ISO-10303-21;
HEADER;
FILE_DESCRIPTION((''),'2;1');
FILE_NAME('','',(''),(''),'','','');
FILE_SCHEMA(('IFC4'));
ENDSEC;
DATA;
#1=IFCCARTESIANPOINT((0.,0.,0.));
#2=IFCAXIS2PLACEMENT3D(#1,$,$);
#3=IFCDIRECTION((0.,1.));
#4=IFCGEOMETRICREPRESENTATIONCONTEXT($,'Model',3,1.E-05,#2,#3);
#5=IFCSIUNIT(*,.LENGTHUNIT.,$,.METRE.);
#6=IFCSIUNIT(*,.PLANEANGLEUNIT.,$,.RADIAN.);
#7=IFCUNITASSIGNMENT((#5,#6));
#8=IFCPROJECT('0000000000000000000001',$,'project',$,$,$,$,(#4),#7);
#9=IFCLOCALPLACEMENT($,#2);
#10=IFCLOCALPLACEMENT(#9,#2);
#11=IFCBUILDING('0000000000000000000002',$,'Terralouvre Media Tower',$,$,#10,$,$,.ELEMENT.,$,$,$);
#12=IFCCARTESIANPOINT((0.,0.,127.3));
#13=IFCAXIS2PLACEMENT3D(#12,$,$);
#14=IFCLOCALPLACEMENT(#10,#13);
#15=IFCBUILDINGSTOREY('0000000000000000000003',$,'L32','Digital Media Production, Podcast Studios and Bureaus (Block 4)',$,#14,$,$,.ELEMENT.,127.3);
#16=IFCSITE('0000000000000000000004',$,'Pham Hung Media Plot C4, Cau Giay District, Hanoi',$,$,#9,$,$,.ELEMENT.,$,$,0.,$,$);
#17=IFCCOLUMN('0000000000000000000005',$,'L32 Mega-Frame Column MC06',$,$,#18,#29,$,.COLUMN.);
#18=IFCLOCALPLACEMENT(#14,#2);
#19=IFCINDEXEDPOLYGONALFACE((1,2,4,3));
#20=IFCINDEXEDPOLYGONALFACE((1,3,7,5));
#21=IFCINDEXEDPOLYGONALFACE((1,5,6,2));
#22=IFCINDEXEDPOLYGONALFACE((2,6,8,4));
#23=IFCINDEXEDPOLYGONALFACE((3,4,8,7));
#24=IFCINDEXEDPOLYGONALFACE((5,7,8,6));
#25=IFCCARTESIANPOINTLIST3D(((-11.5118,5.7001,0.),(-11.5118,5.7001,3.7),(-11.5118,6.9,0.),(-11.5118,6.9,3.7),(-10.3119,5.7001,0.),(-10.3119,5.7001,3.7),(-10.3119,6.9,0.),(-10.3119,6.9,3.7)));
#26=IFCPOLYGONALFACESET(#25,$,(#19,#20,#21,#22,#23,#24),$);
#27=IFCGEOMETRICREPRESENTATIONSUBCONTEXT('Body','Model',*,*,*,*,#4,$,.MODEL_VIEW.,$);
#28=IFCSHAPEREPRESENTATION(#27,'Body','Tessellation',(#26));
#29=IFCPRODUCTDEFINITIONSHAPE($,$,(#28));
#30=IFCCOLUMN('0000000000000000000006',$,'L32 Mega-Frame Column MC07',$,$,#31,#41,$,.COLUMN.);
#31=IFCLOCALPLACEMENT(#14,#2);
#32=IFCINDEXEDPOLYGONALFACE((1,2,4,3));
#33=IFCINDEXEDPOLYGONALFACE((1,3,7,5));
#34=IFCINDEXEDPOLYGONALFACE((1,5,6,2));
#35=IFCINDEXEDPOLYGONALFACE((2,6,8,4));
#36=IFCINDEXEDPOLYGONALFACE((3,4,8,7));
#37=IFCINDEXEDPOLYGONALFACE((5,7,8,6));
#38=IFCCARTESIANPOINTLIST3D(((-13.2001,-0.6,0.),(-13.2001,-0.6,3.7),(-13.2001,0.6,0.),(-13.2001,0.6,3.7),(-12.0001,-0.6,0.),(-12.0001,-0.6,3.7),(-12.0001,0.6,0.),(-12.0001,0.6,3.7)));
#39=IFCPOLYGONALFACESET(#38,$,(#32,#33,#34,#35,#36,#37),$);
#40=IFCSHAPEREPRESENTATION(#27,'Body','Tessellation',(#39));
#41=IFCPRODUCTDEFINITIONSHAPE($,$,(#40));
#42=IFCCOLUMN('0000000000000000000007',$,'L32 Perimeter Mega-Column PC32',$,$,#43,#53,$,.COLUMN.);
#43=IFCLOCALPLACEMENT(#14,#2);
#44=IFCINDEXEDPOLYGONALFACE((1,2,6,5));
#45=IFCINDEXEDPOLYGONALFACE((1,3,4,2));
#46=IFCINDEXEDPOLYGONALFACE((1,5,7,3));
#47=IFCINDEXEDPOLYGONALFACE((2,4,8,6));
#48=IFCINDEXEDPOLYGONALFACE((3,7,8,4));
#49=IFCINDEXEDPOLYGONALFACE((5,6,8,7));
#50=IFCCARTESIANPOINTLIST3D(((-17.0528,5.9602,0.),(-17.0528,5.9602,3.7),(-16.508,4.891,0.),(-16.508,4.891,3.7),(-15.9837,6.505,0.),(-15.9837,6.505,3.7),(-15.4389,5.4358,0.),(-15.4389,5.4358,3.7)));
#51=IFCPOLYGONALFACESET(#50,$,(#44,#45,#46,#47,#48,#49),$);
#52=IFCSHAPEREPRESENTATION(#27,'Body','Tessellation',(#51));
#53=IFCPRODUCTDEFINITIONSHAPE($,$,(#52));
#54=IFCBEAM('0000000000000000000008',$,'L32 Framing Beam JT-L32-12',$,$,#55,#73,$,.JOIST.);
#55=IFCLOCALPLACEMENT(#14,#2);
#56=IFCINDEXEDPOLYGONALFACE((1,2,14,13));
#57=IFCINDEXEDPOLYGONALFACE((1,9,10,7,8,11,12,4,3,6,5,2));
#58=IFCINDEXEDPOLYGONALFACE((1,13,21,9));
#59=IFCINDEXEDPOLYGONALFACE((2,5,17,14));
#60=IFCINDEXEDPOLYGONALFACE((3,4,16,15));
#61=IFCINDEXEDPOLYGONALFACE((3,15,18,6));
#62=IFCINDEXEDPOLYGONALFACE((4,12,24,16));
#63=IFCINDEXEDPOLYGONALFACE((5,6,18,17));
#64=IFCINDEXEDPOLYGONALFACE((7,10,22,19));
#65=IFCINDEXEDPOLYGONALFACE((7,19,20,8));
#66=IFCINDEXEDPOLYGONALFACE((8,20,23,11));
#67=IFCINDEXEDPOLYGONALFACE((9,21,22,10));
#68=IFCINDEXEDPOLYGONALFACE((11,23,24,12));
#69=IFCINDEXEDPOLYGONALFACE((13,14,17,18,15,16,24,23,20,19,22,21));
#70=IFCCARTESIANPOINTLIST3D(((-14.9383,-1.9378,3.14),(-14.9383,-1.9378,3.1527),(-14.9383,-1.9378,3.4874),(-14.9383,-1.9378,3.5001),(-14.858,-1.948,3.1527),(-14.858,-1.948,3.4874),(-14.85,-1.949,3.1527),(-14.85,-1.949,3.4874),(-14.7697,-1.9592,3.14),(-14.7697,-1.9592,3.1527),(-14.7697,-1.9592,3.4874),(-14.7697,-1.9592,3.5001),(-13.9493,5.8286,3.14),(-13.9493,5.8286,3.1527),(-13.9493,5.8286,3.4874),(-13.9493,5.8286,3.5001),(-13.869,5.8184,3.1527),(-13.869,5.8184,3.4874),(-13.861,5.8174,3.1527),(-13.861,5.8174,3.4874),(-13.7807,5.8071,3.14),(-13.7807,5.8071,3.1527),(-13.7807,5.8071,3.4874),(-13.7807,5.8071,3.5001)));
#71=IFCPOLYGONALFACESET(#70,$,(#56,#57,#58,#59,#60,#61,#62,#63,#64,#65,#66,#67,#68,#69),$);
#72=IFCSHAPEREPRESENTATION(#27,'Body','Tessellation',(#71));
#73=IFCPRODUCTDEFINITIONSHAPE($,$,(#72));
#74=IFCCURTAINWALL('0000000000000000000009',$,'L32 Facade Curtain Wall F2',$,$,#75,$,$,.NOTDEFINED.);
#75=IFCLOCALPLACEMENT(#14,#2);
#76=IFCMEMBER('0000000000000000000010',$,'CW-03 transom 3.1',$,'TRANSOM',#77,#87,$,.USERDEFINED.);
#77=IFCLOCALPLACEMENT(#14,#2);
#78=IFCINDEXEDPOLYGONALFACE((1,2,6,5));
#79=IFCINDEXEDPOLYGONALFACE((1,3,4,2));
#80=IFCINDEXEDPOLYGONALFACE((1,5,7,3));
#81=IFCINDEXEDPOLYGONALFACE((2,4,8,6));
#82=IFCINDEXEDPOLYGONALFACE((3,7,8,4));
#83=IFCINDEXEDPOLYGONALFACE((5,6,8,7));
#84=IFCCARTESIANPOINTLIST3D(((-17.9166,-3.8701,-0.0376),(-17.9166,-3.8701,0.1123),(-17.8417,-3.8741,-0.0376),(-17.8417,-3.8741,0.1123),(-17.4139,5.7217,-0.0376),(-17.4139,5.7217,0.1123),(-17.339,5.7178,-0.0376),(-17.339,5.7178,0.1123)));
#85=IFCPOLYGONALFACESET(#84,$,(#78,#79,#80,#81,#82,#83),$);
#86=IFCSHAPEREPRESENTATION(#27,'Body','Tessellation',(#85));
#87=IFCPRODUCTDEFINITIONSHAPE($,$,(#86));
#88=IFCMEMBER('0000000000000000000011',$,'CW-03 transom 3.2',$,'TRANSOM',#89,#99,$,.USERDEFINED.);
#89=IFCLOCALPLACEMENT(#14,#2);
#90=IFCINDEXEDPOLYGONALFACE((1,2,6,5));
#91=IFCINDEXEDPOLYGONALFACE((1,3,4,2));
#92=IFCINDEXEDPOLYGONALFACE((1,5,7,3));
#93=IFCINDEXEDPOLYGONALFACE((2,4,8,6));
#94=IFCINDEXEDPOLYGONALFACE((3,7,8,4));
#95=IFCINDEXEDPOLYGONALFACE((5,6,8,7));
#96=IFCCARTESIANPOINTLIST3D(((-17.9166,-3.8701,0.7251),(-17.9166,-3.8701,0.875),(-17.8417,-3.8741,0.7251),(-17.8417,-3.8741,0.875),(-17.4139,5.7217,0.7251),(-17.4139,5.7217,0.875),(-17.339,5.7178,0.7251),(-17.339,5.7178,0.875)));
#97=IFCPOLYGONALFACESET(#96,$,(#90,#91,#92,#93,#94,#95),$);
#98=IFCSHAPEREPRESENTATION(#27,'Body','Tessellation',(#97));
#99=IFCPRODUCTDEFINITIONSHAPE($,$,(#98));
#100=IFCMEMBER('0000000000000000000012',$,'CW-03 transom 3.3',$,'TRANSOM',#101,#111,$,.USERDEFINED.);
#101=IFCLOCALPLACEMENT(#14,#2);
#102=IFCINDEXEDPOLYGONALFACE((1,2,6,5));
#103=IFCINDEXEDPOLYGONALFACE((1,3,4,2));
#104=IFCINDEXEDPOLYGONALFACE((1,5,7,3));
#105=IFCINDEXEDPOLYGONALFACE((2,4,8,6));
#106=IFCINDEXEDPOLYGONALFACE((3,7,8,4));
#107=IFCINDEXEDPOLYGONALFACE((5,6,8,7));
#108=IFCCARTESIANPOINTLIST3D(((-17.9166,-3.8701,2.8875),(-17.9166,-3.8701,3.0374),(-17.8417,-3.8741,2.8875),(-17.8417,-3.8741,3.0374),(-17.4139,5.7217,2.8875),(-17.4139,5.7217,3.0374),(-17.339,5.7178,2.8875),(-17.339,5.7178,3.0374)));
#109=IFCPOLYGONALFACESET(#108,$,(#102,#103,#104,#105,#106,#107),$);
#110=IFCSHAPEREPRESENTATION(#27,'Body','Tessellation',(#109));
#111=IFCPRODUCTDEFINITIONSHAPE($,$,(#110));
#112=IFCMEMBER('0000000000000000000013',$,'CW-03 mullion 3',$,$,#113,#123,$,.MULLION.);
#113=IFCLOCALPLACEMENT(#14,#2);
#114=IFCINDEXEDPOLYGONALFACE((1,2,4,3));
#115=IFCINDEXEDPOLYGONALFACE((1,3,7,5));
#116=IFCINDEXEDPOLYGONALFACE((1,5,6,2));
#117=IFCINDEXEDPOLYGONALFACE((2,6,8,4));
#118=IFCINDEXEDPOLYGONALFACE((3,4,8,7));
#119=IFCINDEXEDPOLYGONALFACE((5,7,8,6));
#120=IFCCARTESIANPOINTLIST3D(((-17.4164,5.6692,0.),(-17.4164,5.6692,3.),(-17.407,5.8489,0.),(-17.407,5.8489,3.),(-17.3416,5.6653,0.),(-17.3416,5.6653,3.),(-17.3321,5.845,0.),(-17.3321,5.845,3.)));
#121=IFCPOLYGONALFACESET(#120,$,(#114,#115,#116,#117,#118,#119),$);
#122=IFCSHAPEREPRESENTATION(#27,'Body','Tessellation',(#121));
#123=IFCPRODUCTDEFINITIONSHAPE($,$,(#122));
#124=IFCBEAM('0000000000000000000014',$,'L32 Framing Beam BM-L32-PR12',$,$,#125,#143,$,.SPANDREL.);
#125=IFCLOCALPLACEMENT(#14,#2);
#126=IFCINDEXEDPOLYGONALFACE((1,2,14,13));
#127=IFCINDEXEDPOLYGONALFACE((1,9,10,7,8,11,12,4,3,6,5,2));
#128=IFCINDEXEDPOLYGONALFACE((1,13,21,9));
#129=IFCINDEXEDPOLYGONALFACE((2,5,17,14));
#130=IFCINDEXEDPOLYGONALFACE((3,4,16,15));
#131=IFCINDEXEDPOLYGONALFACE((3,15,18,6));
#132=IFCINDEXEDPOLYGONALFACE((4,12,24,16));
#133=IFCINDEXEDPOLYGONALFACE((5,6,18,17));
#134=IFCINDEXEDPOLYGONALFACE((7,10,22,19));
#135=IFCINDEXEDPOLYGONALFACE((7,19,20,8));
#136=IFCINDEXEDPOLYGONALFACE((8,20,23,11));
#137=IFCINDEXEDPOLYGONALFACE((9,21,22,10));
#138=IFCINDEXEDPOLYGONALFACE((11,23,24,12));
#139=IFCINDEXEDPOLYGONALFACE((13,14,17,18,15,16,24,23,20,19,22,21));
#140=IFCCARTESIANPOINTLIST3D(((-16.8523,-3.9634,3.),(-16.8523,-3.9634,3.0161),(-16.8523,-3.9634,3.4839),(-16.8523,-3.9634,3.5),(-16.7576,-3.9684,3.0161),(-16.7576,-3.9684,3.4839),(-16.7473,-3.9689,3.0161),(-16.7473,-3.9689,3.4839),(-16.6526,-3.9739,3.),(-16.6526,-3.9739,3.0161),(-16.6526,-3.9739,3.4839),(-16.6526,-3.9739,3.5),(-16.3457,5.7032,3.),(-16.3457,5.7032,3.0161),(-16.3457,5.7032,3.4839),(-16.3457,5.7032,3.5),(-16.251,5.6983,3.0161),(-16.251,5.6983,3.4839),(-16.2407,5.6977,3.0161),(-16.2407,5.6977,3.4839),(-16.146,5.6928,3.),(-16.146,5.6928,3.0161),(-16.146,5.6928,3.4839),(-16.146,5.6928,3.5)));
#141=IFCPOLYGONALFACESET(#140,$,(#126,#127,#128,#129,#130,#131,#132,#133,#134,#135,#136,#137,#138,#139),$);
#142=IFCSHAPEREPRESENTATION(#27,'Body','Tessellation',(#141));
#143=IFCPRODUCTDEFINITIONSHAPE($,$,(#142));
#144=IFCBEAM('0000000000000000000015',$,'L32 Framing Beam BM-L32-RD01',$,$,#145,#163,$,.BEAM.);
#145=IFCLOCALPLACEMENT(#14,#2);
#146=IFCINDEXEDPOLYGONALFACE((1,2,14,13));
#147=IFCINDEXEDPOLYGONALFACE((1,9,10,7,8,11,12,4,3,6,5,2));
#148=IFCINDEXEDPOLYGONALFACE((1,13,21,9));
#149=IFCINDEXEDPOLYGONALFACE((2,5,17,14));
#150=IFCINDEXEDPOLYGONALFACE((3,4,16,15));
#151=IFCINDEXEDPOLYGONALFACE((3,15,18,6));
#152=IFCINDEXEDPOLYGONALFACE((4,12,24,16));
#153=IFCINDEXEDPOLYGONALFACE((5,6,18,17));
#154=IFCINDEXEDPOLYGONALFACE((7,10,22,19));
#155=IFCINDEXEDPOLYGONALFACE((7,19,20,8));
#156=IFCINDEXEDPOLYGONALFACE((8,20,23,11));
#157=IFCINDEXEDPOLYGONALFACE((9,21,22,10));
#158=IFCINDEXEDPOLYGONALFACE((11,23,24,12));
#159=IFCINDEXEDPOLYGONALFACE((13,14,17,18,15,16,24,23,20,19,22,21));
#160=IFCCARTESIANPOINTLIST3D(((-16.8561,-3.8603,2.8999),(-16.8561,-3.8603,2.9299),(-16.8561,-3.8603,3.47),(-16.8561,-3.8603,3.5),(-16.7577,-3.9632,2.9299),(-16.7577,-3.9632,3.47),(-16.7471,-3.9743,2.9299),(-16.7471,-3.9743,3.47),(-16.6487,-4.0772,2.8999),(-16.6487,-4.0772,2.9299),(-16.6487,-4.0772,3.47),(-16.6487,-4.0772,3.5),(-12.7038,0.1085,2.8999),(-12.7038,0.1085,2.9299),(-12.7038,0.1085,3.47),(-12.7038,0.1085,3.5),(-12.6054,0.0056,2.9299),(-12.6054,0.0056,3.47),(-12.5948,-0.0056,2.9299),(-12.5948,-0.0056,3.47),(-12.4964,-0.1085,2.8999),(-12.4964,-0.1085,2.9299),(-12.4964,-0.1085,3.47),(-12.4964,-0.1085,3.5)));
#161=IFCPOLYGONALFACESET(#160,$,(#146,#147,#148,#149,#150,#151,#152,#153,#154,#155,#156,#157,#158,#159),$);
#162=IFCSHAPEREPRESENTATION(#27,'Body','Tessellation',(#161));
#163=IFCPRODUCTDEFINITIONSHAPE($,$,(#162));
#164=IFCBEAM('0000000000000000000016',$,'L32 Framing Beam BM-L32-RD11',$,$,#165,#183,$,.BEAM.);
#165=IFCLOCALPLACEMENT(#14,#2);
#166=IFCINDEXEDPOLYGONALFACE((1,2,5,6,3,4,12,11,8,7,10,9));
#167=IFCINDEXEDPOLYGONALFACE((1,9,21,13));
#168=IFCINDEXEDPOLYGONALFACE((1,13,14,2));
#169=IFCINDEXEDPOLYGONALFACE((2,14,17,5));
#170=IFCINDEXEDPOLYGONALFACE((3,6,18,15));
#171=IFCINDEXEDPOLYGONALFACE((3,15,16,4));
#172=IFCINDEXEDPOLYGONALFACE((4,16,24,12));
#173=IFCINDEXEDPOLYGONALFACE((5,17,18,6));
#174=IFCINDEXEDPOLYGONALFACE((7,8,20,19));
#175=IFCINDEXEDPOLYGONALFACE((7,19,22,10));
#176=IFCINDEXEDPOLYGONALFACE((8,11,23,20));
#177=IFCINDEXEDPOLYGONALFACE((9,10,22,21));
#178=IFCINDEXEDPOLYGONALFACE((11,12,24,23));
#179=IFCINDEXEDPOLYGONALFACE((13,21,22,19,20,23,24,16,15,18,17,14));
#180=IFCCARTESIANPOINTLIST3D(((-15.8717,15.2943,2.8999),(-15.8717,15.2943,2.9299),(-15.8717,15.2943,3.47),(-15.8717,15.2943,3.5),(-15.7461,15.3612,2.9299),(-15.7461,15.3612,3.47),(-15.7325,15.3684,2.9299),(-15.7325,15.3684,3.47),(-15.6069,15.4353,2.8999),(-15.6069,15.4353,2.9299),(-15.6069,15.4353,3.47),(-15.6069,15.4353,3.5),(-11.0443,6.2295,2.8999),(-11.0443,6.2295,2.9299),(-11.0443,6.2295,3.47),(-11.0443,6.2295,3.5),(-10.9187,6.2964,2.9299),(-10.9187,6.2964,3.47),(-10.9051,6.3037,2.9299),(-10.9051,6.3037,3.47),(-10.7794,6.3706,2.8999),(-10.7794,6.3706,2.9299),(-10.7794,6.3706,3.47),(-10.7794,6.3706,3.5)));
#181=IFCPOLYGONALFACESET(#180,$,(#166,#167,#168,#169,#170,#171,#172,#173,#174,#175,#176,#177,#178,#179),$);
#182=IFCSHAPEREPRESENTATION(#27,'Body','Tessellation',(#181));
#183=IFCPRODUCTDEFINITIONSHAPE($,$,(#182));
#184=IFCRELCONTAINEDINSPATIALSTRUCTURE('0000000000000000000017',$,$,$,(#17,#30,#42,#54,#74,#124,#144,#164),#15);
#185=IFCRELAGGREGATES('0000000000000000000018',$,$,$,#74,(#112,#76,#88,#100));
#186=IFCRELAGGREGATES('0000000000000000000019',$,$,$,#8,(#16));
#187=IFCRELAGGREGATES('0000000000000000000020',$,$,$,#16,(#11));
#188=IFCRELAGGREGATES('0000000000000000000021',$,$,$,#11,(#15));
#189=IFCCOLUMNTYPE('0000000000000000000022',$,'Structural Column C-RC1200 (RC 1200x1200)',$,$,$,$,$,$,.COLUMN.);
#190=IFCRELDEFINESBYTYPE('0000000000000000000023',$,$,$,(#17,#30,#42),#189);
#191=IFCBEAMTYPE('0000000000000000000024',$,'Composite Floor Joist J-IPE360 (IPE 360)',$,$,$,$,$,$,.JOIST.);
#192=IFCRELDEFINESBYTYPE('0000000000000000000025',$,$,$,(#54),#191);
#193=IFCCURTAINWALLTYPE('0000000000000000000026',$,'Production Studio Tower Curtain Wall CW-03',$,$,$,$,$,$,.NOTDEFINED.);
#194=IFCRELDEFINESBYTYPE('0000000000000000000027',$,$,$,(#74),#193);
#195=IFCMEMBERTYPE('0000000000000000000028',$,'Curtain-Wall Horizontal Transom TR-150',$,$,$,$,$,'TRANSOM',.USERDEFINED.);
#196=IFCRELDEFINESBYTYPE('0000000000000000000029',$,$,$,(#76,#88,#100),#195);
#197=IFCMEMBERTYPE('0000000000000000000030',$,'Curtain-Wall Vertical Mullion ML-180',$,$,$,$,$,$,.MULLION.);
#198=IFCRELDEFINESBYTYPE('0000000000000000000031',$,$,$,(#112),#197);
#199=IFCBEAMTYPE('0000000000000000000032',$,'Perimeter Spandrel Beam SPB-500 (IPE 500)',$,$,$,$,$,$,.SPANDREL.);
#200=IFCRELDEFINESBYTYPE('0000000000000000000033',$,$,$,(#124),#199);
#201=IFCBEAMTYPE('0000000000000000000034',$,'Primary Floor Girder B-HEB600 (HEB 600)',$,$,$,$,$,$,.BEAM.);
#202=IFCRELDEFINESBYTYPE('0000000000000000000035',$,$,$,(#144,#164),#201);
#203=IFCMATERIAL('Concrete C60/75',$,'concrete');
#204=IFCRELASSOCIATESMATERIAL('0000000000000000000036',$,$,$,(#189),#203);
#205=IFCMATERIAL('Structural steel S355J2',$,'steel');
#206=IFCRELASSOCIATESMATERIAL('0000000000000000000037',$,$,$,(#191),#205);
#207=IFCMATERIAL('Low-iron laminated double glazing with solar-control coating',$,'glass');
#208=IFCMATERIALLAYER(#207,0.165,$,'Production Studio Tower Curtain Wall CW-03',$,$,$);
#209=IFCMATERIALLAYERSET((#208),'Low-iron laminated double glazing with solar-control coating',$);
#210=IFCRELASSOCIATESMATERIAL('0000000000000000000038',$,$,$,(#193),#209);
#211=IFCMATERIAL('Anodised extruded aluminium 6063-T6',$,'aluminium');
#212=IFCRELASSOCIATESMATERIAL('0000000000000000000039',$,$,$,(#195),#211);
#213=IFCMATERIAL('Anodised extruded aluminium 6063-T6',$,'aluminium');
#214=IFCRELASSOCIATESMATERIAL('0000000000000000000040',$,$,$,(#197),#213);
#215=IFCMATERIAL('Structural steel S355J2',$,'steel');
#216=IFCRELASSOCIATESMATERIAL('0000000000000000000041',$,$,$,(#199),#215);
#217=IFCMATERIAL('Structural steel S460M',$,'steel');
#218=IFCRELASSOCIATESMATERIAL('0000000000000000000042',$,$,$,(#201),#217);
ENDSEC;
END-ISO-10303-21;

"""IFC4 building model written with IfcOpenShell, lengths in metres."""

from ifc_helpers import new_model, si_unit, direction, frame, origin, origin_2d, place, context, subcontext, project, spatial, rectangle, i_section, extrude, material, layer, layer_set, material_profile, profile_set, type_object, element, aggregate, save


model = new_model("IFC4")

# Units and contexts
model_context = context("Model", 3, precision=1e-05, world=origin(), true_north=direction((0.0, 1.0)))
body_context = subcontext(model_context, "Body", "Model", "MODEL_VIEW")
ifc_project = project(units=[si_unit("LENGTHUNIT", "METRE"), si_unit("PLANEANGLEUNIT", "RADIAN")], contexts=[model_context])

# Site, building, storey
site_placement = place(None, origin())
site = spatial("IfcSite", under=ifc_project, at=site_placement, Name="Pham Hung Media Plot C4, Cau Giay District, Hanoi", CompositionType="ELEMENT", RefElevation=0.0)
building_placement = place(site_placement, origin())
building = spatial("IfcBuilding", under=site, at=building_placement, Name="Terralouvre Media Tower", CompositionType="ELEMENT")
storey_placement = place(building_placement, frame((0.0, 0.0, 127.3)))
storey = spatial("IfcBuildingStorey", under=building, at=storey_placement, Name="L32", Description="Digital Media Production, Podcast Studios and Bureaus (Block 4)", CompositionType="ELEMENT", Elevation=127.3)

# Columns
ifc_material_1 = material(Name="Concrete C60/75", Category="concrete")
ifc_material_profile_1 = material_profile(ifc_material_1, rectangle(XDim=1.2, YDim=1.2, at=origin_2d()), Name="RC 1200x1200")
ifc_profile_set_1 = profile_set([ifc_material_profile_1], Name="Concrete C60/75")
column_type = type_object("IfcColumnType", Name="Structural Column C-RC1200 (RC 1200x1200)", PredefinedType="COLUMN", material=ifc_profile_set_1)
for number, where, z_axis, x_axis, name in (
    (1, (-10.9119, 6.3, 0.0), (0.0, 0.0, 1.0), (1.0, 0.0, 0.0), "L32 Mega-Frame Column MC06"),
    (2, (-12.6001, 0.0, 0.0), (0.0, 0.0, 1.0), (1.0, 0.0, 0.0), "L32 Mega-Frame Column MC07"),
    (3, (-16.2458, 5.698, 0.0), (0.0, 0.0, 1.0), (0.891007, 0.45399, 0.0), "L32 Perimeter Mega-Column PC32"),
):
    element("IfcColumn", number, at=place(storey_placement, frame(where, z_axis=z_axis, x_axis=x_axis)), inside=storey, type_object=column_type, Name=name, PredefinedType="COLUMN", context=body_context, shape_type="SweptSolid", body=[
        extrude(rectangle(XDim=1.2, YDim=1.2, at=origin_2d()), origin(), (0.0, 0.0, 1.0), 3.7),
    ])

# Beam
ifc_material_2 = material(Name="Structural steel S355J2", Category="steel")
ifc_material_profile_2 = material_profile(ifc_material_2, i_section(OverallWidth=0.1699, OverallDepth=0.3601, WebThickness=0.0081, FlangeThickness=0.0127, at=origin_2d()), Name="IPE 360")
ifc_profile_set_2 = profile_set([ifc_material_profile_2], Name="Structural steel S355J2")
beam_type_1 = type_object("IfcBeamType", Name="Composite Floor Joist J-IPE360 (IPE 360)", PredefinedType="JOIST", material=ifc_profile_set_2)
beam_1_placement = place(storey_placement, frame((-13.865, 5.8179, 3.3201), z_axis=(-0.126326, -0.991989, 0.0), x_axis=(0.991989, -0.126326, 0.0)))
element("IfcBeam", 4, at=beam_1_placement, inside=storey, type_object=beam_type_1, Name="L32 Framing Beam JT-L32-12", PredefinedType="JOIST", context=body_context, shape_type="SweptSolid", body=[
    extrude(i_section(OverallWidth=0.1699, OverallDepth=0.3601, WebThickness=0.0081, FlangeThickness=0.0127, at=origin_2d()), origin(), (0.0, 0.0, 1.0), 7.8291),
])

# Curtain wall, members
ifc_material_3 = material(Name="Low-iron laminated double glazing with solar-control coating", Category="glass")
ifc_layer_1 = layer(ifc_material_3, 0.165, Name="Production Studio Tower Curtain Wall CW-03")
ifc_layer_set_1 = layer_set([ifc_layer_1], Name="Low-iron laminated double glazing with solar-control coating")
curtain_wall_type = type_object("IfcCurtainWallType", Name="Production Studio Tower Curtain Wall CW-03", PredefinedType="NOTDEFINED", material=ifc_layer_set_1)
curtain_wall_placement = place(storey_placement, origin())
curtain_wall = element("IfcCurtainWall", 5, at=curtain_wall_placement, inside=storey, type_object=curtain_wall_type, Name="L32 Facade Curtain Wall F2", PredefinedType="NOTDEFINED")
ifc_material_4 = material(Name="Anodised extruded aluminium 6063-T6", Category="aluminium")
ifc_material_profile_3 = material_profile(ifc_material_4, rectangle(XDim=0.075, YDim=0.1499, at=origin_2d()), Name="ALU 75x150")
ifc_profile_set_3 = profile_set([ifc_material_profile_3], Name="Anodised extruded aluminium 6063-T6")
member_type_1 = type_object("IfcMemberType", Name="Curtain-Wall Horizontal Transom TR-150", ElementType="TRANSOM", PredefinedType="USERDEFINED", material=ifc_profile_set_3)
member_1_placement = place(storey_placement, frame((-17.3765, 5.7197, 0.0374), z_axis=(-0.052336, -0.99863, 0.0), x_axis=(0.99863, -0.052336, 0.0)))
member_1 = element("IfcMember", 6, at=member_1_placement, type_object=member_type_1, Name="CW-03 transom 3.1", ObjectType="TRANSOM", PredefinedType="USERDEFINED", context=body_context, shape_type="SweptSolid", body=[
    extrude(rectangle(XDim=0.075, YDim=0.1499, at=origin_2d()), origin(), (0.0, 0.0, 1.0), 9.605),
])
member_2_placement = place(storey_placement, frame((-17.3765, 5.7197, 0.8), z_axis=(-0.052336, -0.99863, 0.0), x_axis=(0.99863, -0.052336, 0.0)))
member_2 = element("IfcMember", 7, at=member_2_placement, type_object=member_type_1, Name="CW-03 transom 3.2", ObjectType="TRANSOM", PredefinedType="USERDEFINED", context=body_context, shape_type="SweptSolid", body=[
    extrude(rectangle(XDim=0.075, YDim=0.1499, at=origin_2d()), origin(), (0.0, 0.0, 1.0), 9.605),
])
member_3_placement = place(storey_placement, frame((-17.3765, 5.7197, 2.9624), z_axis=(-0.052336, -0.99863, 0.0), x_axis=(0.99863, -0.052336, 0.0)))
member_3 = element("IfcMember", 8, at=member_3_placement, type_object=member_type_1, Name="CW-03 transom 3.3", ObjectType="TRANSOM", PredefinedType="USERDEFINED", context=body_context, shape_type="SweptSolid", body=[
    extrude(rectangle(XDim=0.075, YDim=0.1499, at=origin_2d()), origin(), (0.0, 0.0, 1.0), 9.605),
])
ifc_material_5 = material(Name="Anodised extruded aluminium 6063-T6", Category="aluminium")
ifc_material_profile_4 = material_profile(ifc_material_5, rectangle(XDim=0.075, YDim=0.1799, at=origin_2d()), Name="ALU 75x180")
ifc_profile_set_4 = profile_set([ifc_material_profile_4], Name="Anodised extruded aluminium 6063-T6")
member_type_2 = type_object("IfcMemberType", Name="Curtain-Wall Vertical Mullion ML-180", PredefinedType="MULLION", material=ifc_profile_set_4)
member_4_placement = place(storey_placement, frame((-17.3743, 5.7571, 0.0), z_axis=(0.0, 0.0, 1.0), x_axis=(0.99863, -0.052336, 0.0)))
member_4 = element("IfcMember", 9, at=member_4_placement, type_object=member_type_2, Name="CW-03 mullion 3", PredefinedType="MULLION", context=body_context, shape_type="SweptSolid", body=[
    extrude(rectangle(XDim=0.075, YDim=0.1799, at=origin_2d()), origin(), (0.0, 0.0, 1.0), 3.0),
])

# Beams
ifc_material_6 = material(Name="Structural steel S355J2", Category="steel")
ifc_material_profile_5 = material_profile(ifc_material_6, i_section(OverallWidth=0.2, OverallDepth=0.5, WebThickness=0.0103, FlangeThickness=0.0161, at=origin_2d()), Name="IPE 500")
ifc_profile_set_5 = profile_set([ifc_material_profile_5], Name="Structural steel S355J2")
beam_type_2 = type_object("IfcBeamType", Name="Perimeter Spandrel Beam SPB-500 (IPE 500)", PredefinedType="SPANDREL", material=ifc_profile_set_5)
beam_2_placement = place(storey_placement, frame((-16.2458, 5.698, 3.25), z_axis=(-0.052334, -0.99863, 0.0), x_axis=(0.99863, -0.052334, 0.0)))
element("IfcBeam", 10, at=beam_2_placement, inside=storey, type_object=beam_type_2, Name="L32 Framing Beam BM-L32-PR12", PredefinedType="SPANDREL", context=body_context, shape_type="SweptSolid", body=[
    extrude(i_section(OverallWidth=0.2, OverallDepth=0.5, WebThickness=0.0103, FlangeThickness=0.0161, at=origin_2d()), origin(), (0.0, 0.0, 1.0), 9.6799),
])
ifc_material_7 = material(Name="Structural steel S460M", Category="steel")
ifc_material_profile_6 = material_profile(ifc_material_7, i_section(OverallWidth=0.3, OverallDepth=0.6001, WebThickness=0.0154, FlangeThickness=0.03, at=origin_2d()), Name="HEB 600")
ifc_profile_set_6 = profile_set([ifc_material_profile_6], Name="Structural steel S460M")
beam_type_3 = type_object("IfcBeamType", Name="Primary Floor Girder B-HEB600 (HEB 600)", PredefinedType="BEAM", material=ifc_profile_set_6)
beam_3_placement = place(storey_placement, frame((-12.6001, 0.0, 3.2), z_axis=(-0.722908, -0.690945, 0.0), x_axis=(0.690945, -0.722908, 0.0)))
element("IfcBeam", 11, at=beam_3_placement, inside=storey, type_object=beam_type_3, Name="L32 Framing Beam BM-L32-RD01", PredefinedType="BEAM", context=body_context, shape_type="SweptSolid", body=[
    extrude(i_section(OverallWidth=0.3, OverallDepth=0.6001, WebThickness=0.0154, FlangeThickness=0.03, at=origin_2d()), origin(), (0.0, 0.0, 1.0), 5.7439),
])
beam_4_placement = place(storey_placement, frame((-10.9119, 6.3, 3.2), z_axis=(-0.470049, 0.88264, 0.0), x_axis=(-0.88264, -0.470049, 0.0)))
element("IfcBeam", 12, at=beam_4_placement, inside=storey, type_object=beam_type_3, Name="L32 Framing Beam BM-L32-RD11", PredefinedType="BEAM", context=body_context, shape_type="SweptSolid", body=[
    extrude(i_section(OverallWidth=0.3, OverallDepth=0.6001, WebThickness=0.0154, FlangeThickness=0.03, at=origin_2d()), origin(), (0.0, 0.0, 1.0), 10.27),
])

aggregate(curtain_wall, [member_4, member_1, member_2, member_3])

save(model, "model.ifc")
